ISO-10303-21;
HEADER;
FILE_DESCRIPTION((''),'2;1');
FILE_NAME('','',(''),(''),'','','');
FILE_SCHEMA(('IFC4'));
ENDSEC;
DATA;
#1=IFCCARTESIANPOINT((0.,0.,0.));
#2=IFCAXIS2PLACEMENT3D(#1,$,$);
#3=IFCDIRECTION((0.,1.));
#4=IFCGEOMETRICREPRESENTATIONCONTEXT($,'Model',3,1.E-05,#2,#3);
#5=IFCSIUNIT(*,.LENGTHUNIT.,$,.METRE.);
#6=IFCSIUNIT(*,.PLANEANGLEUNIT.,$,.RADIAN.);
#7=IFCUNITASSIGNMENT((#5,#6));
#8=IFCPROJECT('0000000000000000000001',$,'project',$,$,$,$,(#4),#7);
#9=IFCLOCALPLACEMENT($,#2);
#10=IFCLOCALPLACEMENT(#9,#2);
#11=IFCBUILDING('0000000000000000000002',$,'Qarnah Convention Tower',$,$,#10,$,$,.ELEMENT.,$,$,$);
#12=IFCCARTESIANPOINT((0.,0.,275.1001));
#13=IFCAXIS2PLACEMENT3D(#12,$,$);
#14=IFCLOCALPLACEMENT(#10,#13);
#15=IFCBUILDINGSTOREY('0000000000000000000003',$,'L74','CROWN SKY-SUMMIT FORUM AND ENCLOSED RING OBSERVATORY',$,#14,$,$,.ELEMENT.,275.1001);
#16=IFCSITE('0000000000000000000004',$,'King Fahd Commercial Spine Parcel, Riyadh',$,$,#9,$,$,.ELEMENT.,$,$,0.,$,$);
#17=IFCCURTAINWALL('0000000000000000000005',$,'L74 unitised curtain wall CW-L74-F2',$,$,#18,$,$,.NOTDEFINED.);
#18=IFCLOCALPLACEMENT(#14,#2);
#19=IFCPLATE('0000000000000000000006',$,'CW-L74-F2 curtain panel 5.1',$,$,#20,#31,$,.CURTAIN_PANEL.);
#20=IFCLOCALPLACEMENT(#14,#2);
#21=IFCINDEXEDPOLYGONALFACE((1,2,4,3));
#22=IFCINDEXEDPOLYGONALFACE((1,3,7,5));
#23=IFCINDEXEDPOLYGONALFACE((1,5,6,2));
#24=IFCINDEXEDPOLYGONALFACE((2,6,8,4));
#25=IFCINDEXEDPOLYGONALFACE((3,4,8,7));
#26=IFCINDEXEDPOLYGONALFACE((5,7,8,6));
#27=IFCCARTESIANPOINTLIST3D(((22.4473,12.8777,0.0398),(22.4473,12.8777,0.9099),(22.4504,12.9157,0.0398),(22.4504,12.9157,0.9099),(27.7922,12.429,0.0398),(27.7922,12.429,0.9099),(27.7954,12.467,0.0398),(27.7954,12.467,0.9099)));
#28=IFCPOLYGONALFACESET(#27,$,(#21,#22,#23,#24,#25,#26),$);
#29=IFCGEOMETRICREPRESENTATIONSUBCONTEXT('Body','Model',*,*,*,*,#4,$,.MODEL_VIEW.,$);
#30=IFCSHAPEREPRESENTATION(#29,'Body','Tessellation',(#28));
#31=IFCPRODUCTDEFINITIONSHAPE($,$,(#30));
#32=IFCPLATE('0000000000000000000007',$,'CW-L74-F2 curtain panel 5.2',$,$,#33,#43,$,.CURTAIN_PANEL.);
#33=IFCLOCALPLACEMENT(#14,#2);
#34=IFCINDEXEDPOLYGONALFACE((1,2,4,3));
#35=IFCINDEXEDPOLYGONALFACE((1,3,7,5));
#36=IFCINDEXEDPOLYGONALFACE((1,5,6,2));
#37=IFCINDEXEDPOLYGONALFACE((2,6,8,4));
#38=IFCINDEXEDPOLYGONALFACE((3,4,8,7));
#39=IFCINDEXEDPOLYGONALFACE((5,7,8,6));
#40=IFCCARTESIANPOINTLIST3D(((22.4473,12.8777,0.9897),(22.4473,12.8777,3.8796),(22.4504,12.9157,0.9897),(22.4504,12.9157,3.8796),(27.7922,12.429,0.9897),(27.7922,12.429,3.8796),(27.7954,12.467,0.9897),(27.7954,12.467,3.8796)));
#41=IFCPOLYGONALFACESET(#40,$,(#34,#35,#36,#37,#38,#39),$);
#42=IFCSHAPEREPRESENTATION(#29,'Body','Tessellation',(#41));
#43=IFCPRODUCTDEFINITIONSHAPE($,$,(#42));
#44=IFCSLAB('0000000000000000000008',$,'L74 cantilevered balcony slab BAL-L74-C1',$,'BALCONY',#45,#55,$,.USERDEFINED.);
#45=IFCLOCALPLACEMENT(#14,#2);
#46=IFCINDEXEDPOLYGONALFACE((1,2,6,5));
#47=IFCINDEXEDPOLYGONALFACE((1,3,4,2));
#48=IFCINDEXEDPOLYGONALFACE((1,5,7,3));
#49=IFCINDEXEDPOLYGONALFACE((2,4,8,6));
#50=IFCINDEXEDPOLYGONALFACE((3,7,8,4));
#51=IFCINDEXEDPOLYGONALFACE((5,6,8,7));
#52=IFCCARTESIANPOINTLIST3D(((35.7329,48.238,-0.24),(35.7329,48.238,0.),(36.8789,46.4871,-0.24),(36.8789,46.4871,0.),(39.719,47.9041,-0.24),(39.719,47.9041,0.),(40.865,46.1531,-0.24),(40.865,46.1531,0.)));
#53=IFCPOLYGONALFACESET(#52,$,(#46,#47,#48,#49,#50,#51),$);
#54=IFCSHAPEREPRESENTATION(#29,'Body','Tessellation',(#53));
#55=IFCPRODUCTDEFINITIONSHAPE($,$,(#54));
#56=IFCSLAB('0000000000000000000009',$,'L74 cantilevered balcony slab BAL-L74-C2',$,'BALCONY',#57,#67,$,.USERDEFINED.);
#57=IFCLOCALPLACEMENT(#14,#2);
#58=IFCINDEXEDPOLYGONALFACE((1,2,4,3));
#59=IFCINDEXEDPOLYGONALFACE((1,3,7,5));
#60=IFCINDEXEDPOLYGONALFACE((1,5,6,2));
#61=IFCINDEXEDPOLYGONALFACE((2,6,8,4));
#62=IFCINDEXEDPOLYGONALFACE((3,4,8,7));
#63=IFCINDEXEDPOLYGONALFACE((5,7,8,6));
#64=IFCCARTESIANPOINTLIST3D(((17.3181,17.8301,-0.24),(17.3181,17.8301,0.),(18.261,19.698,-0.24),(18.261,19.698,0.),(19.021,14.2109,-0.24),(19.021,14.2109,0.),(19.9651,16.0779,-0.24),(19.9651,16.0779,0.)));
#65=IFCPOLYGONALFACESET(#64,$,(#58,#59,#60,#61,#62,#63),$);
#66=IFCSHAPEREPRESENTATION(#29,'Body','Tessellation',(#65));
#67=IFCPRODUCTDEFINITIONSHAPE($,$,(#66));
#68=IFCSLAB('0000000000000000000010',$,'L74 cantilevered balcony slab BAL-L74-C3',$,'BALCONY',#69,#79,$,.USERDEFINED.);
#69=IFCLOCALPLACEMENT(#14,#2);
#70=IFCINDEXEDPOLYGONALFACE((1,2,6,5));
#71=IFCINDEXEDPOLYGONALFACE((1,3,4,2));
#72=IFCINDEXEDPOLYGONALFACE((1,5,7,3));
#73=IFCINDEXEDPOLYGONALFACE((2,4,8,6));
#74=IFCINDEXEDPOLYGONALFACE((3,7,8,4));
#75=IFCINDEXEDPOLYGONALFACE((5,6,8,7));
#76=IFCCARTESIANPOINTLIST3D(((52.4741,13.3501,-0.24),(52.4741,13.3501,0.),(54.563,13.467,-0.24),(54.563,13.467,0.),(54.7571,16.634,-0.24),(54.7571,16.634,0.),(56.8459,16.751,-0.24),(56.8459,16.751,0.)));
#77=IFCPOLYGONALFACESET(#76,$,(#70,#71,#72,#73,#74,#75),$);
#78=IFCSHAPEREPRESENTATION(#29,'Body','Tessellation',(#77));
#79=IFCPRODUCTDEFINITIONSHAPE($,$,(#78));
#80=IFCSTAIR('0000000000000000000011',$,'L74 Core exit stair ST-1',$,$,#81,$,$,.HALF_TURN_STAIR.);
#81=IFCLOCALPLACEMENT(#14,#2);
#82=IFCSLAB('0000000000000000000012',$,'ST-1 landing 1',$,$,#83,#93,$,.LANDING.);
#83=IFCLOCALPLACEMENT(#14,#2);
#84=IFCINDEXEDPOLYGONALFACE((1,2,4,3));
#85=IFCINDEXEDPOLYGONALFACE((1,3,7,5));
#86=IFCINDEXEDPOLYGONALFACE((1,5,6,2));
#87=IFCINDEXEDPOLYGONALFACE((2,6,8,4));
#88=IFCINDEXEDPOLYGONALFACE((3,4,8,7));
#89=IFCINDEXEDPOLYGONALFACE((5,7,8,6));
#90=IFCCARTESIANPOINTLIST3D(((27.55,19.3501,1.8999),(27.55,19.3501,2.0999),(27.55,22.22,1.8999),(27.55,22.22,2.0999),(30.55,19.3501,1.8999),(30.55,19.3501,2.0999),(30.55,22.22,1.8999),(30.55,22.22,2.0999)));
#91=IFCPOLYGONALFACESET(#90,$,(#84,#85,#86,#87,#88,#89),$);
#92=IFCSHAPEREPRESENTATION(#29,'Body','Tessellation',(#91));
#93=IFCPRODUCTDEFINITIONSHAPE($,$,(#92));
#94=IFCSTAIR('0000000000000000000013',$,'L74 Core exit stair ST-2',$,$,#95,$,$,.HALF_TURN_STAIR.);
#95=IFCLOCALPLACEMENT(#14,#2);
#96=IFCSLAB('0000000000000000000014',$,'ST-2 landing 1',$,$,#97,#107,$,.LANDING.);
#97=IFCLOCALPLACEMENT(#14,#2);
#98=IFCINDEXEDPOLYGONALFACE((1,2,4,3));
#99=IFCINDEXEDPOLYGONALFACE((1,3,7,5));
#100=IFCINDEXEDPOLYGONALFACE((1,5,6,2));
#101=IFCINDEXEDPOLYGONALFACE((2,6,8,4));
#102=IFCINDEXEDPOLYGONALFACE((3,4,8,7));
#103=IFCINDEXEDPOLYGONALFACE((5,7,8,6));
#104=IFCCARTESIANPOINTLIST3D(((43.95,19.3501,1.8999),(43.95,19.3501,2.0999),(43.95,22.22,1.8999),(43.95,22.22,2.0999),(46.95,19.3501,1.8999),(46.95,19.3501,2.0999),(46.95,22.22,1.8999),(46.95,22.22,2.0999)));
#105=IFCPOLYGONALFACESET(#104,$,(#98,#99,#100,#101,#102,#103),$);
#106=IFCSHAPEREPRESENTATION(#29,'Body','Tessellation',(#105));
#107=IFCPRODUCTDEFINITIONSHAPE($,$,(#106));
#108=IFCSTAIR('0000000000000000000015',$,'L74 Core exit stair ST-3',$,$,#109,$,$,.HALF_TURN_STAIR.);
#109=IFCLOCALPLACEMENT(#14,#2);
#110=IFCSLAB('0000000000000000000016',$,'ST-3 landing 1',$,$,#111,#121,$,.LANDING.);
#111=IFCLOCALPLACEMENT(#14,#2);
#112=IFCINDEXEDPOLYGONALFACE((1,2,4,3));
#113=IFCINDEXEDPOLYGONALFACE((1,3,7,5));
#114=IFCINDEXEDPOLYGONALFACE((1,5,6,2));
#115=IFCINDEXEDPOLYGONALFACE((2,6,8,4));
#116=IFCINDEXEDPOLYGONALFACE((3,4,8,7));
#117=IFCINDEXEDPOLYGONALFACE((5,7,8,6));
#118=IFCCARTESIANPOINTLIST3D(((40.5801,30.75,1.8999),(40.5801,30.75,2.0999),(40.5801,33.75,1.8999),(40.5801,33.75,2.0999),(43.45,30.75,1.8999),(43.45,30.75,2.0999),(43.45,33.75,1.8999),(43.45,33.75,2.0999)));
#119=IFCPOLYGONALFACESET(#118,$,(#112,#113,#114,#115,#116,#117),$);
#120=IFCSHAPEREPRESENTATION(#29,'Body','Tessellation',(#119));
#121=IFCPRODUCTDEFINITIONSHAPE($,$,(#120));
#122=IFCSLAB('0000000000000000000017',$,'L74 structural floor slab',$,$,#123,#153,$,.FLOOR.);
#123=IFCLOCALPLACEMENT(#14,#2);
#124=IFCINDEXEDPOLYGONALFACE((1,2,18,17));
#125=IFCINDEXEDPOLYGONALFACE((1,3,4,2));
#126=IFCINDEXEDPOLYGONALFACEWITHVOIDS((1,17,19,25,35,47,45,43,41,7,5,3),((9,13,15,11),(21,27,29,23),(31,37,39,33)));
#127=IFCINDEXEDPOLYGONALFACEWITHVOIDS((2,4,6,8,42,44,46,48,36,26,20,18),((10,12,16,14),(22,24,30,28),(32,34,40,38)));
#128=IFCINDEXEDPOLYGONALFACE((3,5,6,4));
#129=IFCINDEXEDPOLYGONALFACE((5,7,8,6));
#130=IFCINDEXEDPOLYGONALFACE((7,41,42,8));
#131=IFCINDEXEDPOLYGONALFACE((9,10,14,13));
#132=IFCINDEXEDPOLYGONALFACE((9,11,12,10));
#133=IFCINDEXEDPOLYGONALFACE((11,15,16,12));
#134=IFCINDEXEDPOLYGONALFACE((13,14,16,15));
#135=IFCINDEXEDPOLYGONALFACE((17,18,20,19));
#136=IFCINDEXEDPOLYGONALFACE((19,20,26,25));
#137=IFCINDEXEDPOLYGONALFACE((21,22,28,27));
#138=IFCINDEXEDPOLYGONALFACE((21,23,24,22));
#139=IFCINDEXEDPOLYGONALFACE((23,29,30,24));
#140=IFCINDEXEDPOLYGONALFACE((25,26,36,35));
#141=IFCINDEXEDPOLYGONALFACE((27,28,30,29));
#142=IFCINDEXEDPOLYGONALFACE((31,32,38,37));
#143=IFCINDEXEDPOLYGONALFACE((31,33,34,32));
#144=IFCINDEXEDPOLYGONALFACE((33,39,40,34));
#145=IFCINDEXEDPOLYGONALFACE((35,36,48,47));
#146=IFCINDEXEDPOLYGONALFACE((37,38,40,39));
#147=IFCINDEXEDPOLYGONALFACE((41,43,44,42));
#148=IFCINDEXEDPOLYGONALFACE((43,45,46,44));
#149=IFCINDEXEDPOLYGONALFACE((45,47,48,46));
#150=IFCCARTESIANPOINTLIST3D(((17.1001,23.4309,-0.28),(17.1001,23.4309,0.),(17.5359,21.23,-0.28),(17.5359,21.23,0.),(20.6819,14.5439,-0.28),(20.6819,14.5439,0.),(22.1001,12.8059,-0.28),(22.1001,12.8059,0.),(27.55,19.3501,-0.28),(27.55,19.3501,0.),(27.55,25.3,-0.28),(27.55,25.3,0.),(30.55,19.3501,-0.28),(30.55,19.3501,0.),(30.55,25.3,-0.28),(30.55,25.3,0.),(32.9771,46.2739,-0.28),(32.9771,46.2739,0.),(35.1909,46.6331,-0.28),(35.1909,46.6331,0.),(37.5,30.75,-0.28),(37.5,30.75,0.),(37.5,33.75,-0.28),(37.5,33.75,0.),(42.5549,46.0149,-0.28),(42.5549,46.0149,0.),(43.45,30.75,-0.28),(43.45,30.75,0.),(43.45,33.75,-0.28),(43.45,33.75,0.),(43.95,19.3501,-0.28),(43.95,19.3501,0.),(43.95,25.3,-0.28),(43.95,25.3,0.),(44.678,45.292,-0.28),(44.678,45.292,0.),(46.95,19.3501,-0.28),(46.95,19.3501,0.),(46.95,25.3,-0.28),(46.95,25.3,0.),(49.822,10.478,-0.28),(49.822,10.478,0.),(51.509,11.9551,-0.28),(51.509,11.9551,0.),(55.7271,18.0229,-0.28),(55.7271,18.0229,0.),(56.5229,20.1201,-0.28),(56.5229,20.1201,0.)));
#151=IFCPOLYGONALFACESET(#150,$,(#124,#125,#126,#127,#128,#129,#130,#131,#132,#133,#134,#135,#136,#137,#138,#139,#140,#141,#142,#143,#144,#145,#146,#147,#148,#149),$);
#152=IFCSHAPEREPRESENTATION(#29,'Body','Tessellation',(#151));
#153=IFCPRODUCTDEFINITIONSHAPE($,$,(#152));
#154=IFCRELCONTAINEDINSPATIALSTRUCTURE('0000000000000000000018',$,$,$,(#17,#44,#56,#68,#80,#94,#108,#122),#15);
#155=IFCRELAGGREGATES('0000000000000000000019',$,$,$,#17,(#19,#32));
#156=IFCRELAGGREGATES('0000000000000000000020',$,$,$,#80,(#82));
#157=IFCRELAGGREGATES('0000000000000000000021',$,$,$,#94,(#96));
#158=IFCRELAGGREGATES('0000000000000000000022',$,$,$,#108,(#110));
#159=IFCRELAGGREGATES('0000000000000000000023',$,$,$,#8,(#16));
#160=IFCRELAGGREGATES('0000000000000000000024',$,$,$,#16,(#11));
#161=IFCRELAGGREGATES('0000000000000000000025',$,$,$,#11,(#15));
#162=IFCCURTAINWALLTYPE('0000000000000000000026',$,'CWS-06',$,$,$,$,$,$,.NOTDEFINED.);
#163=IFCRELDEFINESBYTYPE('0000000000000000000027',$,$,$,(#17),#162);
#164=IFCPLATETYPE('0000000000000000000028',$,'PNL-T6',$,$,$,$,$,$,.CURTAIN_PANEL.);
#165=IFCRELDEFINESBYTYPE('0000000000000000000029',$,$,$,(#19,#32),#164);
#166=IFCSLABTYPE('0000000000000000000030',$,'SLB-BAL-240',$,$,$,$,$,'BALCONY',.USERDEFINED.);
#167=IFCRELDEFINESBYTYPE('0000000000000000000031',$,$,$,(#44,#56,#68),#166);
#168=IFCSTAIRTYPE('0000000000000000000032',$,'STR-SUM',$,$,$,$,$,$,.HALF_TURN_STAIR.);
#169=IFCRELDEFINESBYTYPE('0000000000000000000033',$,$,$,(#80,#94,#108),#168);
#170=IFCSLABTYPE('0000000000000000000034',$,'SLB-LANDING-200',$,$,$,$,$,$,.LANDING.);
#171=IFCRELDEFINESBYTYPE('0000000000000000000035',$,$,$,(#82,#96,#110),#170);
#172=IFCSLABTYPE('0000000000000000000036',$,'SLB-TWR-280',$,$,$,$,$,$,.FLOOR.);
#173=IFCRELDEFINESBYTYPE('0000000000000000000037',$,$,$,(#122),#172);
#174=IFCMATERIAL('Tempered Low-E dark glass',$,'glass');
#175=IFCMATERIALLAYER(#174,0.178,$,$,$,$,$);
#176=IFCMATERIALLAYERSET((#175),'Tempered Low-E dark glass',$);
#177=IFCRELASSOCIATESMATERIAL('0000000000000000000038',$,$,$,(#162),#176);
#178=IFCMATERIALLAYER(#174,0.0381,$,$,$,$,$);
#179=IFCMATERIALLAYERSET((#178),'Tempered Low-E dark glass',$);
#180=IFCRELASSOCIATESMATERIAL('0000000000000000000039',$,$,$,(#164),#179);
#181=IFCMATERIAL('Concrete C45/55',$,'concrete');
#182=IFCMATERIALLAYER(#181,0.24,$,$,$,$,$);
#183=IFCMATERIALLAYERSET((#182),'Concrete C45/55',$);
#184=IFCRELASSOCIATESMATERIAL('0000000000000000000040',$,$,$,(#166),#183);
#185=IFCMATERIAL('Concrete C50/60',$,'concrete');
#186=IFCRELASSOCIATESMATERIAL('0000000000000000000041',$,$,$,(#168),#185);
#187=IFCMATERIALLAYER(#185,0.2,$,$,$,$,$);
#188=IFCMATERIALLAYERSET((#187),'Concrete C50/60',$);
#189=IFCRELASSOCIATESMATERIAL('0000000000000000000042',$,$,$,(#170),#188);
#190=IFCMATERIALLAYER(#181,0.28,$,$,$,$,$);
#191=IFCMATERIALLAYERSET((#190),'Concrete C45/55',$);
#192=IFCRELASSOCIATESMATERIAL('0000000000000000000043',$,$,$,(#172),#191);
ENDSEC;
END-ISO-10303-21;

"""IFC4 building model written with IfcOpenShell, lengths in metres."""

from ifc_helpers import new_model, si_unit, direction, frame, origin, origin_2d, place, context, subcontext, project, spatial, polyline, rectangle, outline, extrude, material, layer, layer_set, type_object, element, aggregate, save


model = new_model("IFC4")

# Units and contexts
model_context = context("Model", 3, precision=1e-05, world=origin(), true_north=direction((0.0, 1.0)))
body_context = subcontext(model_context, "Body", "Model", "MODEL_VIEW")
ifc_project = project(units=[si_unit("LENGTHUNIT", "METRE"), si_unit("PLANEANGLEUNIT", "RADIAN")], contexts=[model_context])

# Site, building, storey
site_placement = place(None, origin())
site = spatial("IfcSite", under=ifc_project, at=site_placement, Name="King Fahd Commercial Spine Parcel, Riyadh", CompositionType="ELEMENT", RefElevation=0.0)
building_placement = place(site_placement, origin())
building = spatial("IfcBuilding", under=site, at=building_placement, Name="Qarnah Convention Tower", CompositionType="ELEMENT")
storey_placement = place(building_placement, frame((0.0, 0.0, 275.1001)))
storey = spatial("IfcBuildingStorey", under=building, at=storey_placement, Name="L74", Description="CROWN SKY-SUMMIT FORUM AND ENCLOSED RING OBSERVATORY", CompositionType="ELEMENT", Elevation=275.1001)

# Shared definitions
ifc_material_1 = material(Name="Concrete C50/60", Category="concrete")

# Curtain wall
ifc_material_2 = material(Name="Tempered Low-E dark glass", Category="glass")
ifc_layer_1 = layer(ifc_material_2, 0.178)
ifc_layer_set_1 = layer_set([ifc_layer_1], Name="Tempered Low-E dark glass")
curtain_wall_type = type_object("IfcCurtainWallType", Name="CWS-06", PredefinedType="NOTDEFINED", material=ifc_layer_set_1)
curtain_wall_1_placement = place(storey_placement, origin())
curtain_wall_1 = element("IfcCurtainWall", 1, at=curtain_wall_1_placement, inside=storey, type_object=curtain_wall_type, Name="L74 unitised curtain wall CW-L74-F2", PredefinedType="NOTDEFINED")

# Plates
ifc_layer_2 = layer(ifc_material_2, 0.0381)
ifc_layer_set_2 = layer_set([ifc_layer_2], Name="Tempered Low-E dark glass")
plate_type = type_object("IfcPlateType", Name="PNL-T6", PredefinedType="CURTAIN_PANEL", material=ifc_layer_set_2)
plate_1_placement = place(storey_placement, frame((25.1213, 12.6724, 0.0398), z_axis=(0.0, 0.0, 1.0), x_axis=(-0.996495, 0.083654, 0.0)))
plate_1 = element("IfcPlate", 2, at=plate_1_placement, type_object=plate_type, Name="CW-L74-F2 curtain panel 5.1", PredefinedType="CURTAIN_PANEL", context=body_context, shape_type="SweptSolid", body=[
    extrude(rectangle(XDim=5.3638, YDim=0.0381, at=origin_2d()), origin(), (0.0, 0.0, 1.0), 0.8701),
])
plate_2_placement = place(storey_placement, frame((25.1213, 12.6724, 0.9897), z_axis=(0.0, 0.0, 1.0), x_axis=(-0.996495, 0.083654, 0.0)))
plate_2 = element("IfcPlate", 3, at=plate_2_placement, type_object=plate_type, Name="CW-L74-F2 curtain panel 5.2", PredefinedType="CURTAIN_PANEL", context=body_context, shape_type="SweptSolid", body=[
    extrude(rectangle(XDim=5.3638, YDim=0.0381, at=origin_2d()), origin(), (0.0, 0.0, 1.0), 2.8899),
])
aggregate(curtain_wall_1, [plate_1, plate_2])

# Slabs
ifc_material_3 = material(Name="Concrete C45/55", Category="concrete")
ifc_layer_3 = layer(ifc_material_3, 0.24)
ifc_layer_set_3 = layer_set([ifc_layer_3], Name="Concrete C45/55")
slab_type_1 = type_object("IfcSlabType", Name="SLB-BAL-240", ElementType="BALCONY", PredefinedType="USERDEFINED", material=ifc_layer_set_3)
slab_1_placement = place(storey_placement, frame((0.0, 0.0, -0.24)))
element("IfcSlab", 4, at=slab_1_placement, inside=storey, type_object=slab_type_1, Name="L74 cantilevered balcony slab BAL-L74-C1", ObjectType="BALCONY", PredefinedType="USERDEFINED", context=body_context, shape_type="SweptSolid", body=[
    extrude(outline(polyline([(35.7329, 48.238), (39.719, 47.9041), (40.865, 46.1531), (36.8789, 46.4871), (35.7329, 48.238)])), origin(), (0.0, 0.0, 1.0), 0.24),
])
slab_2_placement = place(storey_placement, frame((0.0, 0.0, -0.24)))
element("IfcSlab", 5, at=slab_2_placement, inside=storey, type_object=slab_type_1, Name="L74 cantilevered balcony slab BAL-L74-C2", ObjectType="BALCONY", PredefinedType="USERDEFINED", context=body_context, shape_type="SweptSolid", body=[
    extrude(outline(polyline([(19.021, 14.2109), (17.3181, 17.8301), (18.261, 19.698), (19.9651, 16.0779), (19.021, 14.2109)])), origin(), (0.0, 0.0, 1.0), 0.24),
])
slab_3_placement = place(storey_placement, frame((0.0, 0.0, -0.24)))
element("IfcSlab", 6, at=slab_3_placement, inside=storey, type_object=slab_type_1, Name="L74 cantilevered balcony slab BAL-L74-C3", ObjectType="BALCONY", PredefinedType="USERDEFINED", context=body_context, shape_type="SweptSolid", body=[
    extrude(outline(polyline([(56.8459, 16.751), (54.563, 13.467), (52.4741, 13.3501), (54.7571, 16.634), (56.8459, 16.751)])), origin(), (0.0, 0.0, 1.0), 0.24),
])

# Stairs, slabs
stair_type = type_object("IfcStairType", Name="STR-SUM", PredefinedType="HALF_TURN_STAIR", material=ifc_material_1)
stair_1_placement = place(storey_placement, origin())
stair_1 = element("IfcStair", 7, at=stair_1_placement, inside=storey, type_object=stair_type, Name="L74 Core exit stair ST-1", PredefinedType="HALF_TURN_STAIR")
ifc_layer_4 = layer(ifc_material_1, 0.2)
ifc_layer_set_4 = layer_set([ifc_layer_4], Name="Concrete C50/60")
slab_type_2 = type_object("IfcSlabType", Name="SLB-LANDING-200", PredefinedType="LANDING", material=ifc_layer_set_4)
slab_4_placement = place(storey_placement, frame((0.0, 0.0, 1.8999)))
slab_4 = element("IfcSlab", 8, at=slab_4_placement, type_object=slab_type_2, Name="ST-1 landing 1", PredefinedType="LANDING", context=body_context, shape_type="SweptSolid", body=[
    extrude(outline(polyline([(27.55, 22.22), (27.55, 19.3501), (30.55, 19.3501), (30.55, 22.22), (27.55, 22.22)])), origin(), (0.0, 0.0, 1.0), 0.2),
])
aggregate(stair_1, [slab_4])
stair_2_placement = place(storey_placement, origin())
stair_2 = element("IfcStair", 9, at=stair_2_placement, inside=storey, type_object=stair_type, Name="L74 Core exit stair ST-2", PredefinedType="HALF_TURN_STAIR")
slab_5_placement = place(storey_placement, frame((0.0, 0.0, 1.8999)))
slab_5 = element("IfcSlab", 10, at=slab_5_placement, type_object=slab_type_2, Name="ST-2 landing 1", PredefinedType="LANDING", context=body_context, shape_type="SweptSolid", body=[
    extrude(outline(polyline([(43.95, 22.22), (43.95, 19.3501), (46.95, 19.3501), (46.95, 22.22), (43.95, 22.22)])), origin(), (0.0, 0.0, 1.0), 0.2),
])
aggregate(stair_2, [slab_5])
stair_3_placement = place(storey_placement, origin())
stair_3 = element("IfcStair", 11, at=stair_3_placement, inside=storey, type_object=stair_type, Name="L74 Core exit stair ST-3", PredefinedType="HALF_TURN_STAIR")
slab_6_placement = place(storey_placement, frame((0.0, 0.0, 1.8999)))
slab_6 = element("IfcSlab", 12, at=slab_6_placement, type_object=slab_type_2, Name="ST-3 landing 1", PredefinedType="LANDING", context=body_context, shape_type="SweptSolid", body=[
    extrude(outline(polyline([(40.5801, 30.75), (43.45, 30.75), (43.45, 33.75), (40.5801, 33.75), (40.5801, 30.75)])), origin(), (0.0, 0.0, 1.0), 0.2),
])
aggregate(stair_3, [slab_6])

# Slab
ifc_layer_5 = layer(ifc_material_3, 0.28)
ifc_layer_set_5 = layer_set([ifc_layer_5], Name="Concrete C45/55")
slab_type_3 = type_object("IfcSlabType", Name="SLB-TWR-280", PredefinedType="FLOOR", material=ifc_layer_set_5)
slab_7_placement = place(storey_placement, frame((0.0, 0.0, -0.28)))
element("IfcSlab", 13, at=slab_7_placement, inside=storey, type_object=slab_type_3, Name="L74 structural floor slab", PredefinedType="FLOOR", context=body_context, shape_type="SweptSolid", body=[
    extrude(outline(polyline([(32.9771, 46.2739), (17.1001, 23.4309), (17.5359, 21.23), (20.6819, 14.5439), (22.1001, 12.8059), (49.822, 10.478), (51.509, 11.9551), (55.7271, 18.0229), (56.5229, 20.1201), (44.678, 45.292), (42.5549, 46.0149), (35.1909, 46.6331), (32.9771, 46.2739)]), holes=[polyline([(27.55, 25.3), (27.55, 19.3501), (30.55, 19.3501), (30.55, 25.3), (27.55, 25.3)]), polyline([(43.95, 25.3), (43.95, 19.3501), (46.95, 19.3501), (46.95, 25.3), (43.95, 25.3)]), polyline([(37.5, 30.75), (43.45, 30.75), (43.45, 33.75), (37.5, 33.75), (37.5, 30.75)])]), origin(), (0.0, 0.0, 1.0), 0.28),
])

save(model, "model.ifc")
